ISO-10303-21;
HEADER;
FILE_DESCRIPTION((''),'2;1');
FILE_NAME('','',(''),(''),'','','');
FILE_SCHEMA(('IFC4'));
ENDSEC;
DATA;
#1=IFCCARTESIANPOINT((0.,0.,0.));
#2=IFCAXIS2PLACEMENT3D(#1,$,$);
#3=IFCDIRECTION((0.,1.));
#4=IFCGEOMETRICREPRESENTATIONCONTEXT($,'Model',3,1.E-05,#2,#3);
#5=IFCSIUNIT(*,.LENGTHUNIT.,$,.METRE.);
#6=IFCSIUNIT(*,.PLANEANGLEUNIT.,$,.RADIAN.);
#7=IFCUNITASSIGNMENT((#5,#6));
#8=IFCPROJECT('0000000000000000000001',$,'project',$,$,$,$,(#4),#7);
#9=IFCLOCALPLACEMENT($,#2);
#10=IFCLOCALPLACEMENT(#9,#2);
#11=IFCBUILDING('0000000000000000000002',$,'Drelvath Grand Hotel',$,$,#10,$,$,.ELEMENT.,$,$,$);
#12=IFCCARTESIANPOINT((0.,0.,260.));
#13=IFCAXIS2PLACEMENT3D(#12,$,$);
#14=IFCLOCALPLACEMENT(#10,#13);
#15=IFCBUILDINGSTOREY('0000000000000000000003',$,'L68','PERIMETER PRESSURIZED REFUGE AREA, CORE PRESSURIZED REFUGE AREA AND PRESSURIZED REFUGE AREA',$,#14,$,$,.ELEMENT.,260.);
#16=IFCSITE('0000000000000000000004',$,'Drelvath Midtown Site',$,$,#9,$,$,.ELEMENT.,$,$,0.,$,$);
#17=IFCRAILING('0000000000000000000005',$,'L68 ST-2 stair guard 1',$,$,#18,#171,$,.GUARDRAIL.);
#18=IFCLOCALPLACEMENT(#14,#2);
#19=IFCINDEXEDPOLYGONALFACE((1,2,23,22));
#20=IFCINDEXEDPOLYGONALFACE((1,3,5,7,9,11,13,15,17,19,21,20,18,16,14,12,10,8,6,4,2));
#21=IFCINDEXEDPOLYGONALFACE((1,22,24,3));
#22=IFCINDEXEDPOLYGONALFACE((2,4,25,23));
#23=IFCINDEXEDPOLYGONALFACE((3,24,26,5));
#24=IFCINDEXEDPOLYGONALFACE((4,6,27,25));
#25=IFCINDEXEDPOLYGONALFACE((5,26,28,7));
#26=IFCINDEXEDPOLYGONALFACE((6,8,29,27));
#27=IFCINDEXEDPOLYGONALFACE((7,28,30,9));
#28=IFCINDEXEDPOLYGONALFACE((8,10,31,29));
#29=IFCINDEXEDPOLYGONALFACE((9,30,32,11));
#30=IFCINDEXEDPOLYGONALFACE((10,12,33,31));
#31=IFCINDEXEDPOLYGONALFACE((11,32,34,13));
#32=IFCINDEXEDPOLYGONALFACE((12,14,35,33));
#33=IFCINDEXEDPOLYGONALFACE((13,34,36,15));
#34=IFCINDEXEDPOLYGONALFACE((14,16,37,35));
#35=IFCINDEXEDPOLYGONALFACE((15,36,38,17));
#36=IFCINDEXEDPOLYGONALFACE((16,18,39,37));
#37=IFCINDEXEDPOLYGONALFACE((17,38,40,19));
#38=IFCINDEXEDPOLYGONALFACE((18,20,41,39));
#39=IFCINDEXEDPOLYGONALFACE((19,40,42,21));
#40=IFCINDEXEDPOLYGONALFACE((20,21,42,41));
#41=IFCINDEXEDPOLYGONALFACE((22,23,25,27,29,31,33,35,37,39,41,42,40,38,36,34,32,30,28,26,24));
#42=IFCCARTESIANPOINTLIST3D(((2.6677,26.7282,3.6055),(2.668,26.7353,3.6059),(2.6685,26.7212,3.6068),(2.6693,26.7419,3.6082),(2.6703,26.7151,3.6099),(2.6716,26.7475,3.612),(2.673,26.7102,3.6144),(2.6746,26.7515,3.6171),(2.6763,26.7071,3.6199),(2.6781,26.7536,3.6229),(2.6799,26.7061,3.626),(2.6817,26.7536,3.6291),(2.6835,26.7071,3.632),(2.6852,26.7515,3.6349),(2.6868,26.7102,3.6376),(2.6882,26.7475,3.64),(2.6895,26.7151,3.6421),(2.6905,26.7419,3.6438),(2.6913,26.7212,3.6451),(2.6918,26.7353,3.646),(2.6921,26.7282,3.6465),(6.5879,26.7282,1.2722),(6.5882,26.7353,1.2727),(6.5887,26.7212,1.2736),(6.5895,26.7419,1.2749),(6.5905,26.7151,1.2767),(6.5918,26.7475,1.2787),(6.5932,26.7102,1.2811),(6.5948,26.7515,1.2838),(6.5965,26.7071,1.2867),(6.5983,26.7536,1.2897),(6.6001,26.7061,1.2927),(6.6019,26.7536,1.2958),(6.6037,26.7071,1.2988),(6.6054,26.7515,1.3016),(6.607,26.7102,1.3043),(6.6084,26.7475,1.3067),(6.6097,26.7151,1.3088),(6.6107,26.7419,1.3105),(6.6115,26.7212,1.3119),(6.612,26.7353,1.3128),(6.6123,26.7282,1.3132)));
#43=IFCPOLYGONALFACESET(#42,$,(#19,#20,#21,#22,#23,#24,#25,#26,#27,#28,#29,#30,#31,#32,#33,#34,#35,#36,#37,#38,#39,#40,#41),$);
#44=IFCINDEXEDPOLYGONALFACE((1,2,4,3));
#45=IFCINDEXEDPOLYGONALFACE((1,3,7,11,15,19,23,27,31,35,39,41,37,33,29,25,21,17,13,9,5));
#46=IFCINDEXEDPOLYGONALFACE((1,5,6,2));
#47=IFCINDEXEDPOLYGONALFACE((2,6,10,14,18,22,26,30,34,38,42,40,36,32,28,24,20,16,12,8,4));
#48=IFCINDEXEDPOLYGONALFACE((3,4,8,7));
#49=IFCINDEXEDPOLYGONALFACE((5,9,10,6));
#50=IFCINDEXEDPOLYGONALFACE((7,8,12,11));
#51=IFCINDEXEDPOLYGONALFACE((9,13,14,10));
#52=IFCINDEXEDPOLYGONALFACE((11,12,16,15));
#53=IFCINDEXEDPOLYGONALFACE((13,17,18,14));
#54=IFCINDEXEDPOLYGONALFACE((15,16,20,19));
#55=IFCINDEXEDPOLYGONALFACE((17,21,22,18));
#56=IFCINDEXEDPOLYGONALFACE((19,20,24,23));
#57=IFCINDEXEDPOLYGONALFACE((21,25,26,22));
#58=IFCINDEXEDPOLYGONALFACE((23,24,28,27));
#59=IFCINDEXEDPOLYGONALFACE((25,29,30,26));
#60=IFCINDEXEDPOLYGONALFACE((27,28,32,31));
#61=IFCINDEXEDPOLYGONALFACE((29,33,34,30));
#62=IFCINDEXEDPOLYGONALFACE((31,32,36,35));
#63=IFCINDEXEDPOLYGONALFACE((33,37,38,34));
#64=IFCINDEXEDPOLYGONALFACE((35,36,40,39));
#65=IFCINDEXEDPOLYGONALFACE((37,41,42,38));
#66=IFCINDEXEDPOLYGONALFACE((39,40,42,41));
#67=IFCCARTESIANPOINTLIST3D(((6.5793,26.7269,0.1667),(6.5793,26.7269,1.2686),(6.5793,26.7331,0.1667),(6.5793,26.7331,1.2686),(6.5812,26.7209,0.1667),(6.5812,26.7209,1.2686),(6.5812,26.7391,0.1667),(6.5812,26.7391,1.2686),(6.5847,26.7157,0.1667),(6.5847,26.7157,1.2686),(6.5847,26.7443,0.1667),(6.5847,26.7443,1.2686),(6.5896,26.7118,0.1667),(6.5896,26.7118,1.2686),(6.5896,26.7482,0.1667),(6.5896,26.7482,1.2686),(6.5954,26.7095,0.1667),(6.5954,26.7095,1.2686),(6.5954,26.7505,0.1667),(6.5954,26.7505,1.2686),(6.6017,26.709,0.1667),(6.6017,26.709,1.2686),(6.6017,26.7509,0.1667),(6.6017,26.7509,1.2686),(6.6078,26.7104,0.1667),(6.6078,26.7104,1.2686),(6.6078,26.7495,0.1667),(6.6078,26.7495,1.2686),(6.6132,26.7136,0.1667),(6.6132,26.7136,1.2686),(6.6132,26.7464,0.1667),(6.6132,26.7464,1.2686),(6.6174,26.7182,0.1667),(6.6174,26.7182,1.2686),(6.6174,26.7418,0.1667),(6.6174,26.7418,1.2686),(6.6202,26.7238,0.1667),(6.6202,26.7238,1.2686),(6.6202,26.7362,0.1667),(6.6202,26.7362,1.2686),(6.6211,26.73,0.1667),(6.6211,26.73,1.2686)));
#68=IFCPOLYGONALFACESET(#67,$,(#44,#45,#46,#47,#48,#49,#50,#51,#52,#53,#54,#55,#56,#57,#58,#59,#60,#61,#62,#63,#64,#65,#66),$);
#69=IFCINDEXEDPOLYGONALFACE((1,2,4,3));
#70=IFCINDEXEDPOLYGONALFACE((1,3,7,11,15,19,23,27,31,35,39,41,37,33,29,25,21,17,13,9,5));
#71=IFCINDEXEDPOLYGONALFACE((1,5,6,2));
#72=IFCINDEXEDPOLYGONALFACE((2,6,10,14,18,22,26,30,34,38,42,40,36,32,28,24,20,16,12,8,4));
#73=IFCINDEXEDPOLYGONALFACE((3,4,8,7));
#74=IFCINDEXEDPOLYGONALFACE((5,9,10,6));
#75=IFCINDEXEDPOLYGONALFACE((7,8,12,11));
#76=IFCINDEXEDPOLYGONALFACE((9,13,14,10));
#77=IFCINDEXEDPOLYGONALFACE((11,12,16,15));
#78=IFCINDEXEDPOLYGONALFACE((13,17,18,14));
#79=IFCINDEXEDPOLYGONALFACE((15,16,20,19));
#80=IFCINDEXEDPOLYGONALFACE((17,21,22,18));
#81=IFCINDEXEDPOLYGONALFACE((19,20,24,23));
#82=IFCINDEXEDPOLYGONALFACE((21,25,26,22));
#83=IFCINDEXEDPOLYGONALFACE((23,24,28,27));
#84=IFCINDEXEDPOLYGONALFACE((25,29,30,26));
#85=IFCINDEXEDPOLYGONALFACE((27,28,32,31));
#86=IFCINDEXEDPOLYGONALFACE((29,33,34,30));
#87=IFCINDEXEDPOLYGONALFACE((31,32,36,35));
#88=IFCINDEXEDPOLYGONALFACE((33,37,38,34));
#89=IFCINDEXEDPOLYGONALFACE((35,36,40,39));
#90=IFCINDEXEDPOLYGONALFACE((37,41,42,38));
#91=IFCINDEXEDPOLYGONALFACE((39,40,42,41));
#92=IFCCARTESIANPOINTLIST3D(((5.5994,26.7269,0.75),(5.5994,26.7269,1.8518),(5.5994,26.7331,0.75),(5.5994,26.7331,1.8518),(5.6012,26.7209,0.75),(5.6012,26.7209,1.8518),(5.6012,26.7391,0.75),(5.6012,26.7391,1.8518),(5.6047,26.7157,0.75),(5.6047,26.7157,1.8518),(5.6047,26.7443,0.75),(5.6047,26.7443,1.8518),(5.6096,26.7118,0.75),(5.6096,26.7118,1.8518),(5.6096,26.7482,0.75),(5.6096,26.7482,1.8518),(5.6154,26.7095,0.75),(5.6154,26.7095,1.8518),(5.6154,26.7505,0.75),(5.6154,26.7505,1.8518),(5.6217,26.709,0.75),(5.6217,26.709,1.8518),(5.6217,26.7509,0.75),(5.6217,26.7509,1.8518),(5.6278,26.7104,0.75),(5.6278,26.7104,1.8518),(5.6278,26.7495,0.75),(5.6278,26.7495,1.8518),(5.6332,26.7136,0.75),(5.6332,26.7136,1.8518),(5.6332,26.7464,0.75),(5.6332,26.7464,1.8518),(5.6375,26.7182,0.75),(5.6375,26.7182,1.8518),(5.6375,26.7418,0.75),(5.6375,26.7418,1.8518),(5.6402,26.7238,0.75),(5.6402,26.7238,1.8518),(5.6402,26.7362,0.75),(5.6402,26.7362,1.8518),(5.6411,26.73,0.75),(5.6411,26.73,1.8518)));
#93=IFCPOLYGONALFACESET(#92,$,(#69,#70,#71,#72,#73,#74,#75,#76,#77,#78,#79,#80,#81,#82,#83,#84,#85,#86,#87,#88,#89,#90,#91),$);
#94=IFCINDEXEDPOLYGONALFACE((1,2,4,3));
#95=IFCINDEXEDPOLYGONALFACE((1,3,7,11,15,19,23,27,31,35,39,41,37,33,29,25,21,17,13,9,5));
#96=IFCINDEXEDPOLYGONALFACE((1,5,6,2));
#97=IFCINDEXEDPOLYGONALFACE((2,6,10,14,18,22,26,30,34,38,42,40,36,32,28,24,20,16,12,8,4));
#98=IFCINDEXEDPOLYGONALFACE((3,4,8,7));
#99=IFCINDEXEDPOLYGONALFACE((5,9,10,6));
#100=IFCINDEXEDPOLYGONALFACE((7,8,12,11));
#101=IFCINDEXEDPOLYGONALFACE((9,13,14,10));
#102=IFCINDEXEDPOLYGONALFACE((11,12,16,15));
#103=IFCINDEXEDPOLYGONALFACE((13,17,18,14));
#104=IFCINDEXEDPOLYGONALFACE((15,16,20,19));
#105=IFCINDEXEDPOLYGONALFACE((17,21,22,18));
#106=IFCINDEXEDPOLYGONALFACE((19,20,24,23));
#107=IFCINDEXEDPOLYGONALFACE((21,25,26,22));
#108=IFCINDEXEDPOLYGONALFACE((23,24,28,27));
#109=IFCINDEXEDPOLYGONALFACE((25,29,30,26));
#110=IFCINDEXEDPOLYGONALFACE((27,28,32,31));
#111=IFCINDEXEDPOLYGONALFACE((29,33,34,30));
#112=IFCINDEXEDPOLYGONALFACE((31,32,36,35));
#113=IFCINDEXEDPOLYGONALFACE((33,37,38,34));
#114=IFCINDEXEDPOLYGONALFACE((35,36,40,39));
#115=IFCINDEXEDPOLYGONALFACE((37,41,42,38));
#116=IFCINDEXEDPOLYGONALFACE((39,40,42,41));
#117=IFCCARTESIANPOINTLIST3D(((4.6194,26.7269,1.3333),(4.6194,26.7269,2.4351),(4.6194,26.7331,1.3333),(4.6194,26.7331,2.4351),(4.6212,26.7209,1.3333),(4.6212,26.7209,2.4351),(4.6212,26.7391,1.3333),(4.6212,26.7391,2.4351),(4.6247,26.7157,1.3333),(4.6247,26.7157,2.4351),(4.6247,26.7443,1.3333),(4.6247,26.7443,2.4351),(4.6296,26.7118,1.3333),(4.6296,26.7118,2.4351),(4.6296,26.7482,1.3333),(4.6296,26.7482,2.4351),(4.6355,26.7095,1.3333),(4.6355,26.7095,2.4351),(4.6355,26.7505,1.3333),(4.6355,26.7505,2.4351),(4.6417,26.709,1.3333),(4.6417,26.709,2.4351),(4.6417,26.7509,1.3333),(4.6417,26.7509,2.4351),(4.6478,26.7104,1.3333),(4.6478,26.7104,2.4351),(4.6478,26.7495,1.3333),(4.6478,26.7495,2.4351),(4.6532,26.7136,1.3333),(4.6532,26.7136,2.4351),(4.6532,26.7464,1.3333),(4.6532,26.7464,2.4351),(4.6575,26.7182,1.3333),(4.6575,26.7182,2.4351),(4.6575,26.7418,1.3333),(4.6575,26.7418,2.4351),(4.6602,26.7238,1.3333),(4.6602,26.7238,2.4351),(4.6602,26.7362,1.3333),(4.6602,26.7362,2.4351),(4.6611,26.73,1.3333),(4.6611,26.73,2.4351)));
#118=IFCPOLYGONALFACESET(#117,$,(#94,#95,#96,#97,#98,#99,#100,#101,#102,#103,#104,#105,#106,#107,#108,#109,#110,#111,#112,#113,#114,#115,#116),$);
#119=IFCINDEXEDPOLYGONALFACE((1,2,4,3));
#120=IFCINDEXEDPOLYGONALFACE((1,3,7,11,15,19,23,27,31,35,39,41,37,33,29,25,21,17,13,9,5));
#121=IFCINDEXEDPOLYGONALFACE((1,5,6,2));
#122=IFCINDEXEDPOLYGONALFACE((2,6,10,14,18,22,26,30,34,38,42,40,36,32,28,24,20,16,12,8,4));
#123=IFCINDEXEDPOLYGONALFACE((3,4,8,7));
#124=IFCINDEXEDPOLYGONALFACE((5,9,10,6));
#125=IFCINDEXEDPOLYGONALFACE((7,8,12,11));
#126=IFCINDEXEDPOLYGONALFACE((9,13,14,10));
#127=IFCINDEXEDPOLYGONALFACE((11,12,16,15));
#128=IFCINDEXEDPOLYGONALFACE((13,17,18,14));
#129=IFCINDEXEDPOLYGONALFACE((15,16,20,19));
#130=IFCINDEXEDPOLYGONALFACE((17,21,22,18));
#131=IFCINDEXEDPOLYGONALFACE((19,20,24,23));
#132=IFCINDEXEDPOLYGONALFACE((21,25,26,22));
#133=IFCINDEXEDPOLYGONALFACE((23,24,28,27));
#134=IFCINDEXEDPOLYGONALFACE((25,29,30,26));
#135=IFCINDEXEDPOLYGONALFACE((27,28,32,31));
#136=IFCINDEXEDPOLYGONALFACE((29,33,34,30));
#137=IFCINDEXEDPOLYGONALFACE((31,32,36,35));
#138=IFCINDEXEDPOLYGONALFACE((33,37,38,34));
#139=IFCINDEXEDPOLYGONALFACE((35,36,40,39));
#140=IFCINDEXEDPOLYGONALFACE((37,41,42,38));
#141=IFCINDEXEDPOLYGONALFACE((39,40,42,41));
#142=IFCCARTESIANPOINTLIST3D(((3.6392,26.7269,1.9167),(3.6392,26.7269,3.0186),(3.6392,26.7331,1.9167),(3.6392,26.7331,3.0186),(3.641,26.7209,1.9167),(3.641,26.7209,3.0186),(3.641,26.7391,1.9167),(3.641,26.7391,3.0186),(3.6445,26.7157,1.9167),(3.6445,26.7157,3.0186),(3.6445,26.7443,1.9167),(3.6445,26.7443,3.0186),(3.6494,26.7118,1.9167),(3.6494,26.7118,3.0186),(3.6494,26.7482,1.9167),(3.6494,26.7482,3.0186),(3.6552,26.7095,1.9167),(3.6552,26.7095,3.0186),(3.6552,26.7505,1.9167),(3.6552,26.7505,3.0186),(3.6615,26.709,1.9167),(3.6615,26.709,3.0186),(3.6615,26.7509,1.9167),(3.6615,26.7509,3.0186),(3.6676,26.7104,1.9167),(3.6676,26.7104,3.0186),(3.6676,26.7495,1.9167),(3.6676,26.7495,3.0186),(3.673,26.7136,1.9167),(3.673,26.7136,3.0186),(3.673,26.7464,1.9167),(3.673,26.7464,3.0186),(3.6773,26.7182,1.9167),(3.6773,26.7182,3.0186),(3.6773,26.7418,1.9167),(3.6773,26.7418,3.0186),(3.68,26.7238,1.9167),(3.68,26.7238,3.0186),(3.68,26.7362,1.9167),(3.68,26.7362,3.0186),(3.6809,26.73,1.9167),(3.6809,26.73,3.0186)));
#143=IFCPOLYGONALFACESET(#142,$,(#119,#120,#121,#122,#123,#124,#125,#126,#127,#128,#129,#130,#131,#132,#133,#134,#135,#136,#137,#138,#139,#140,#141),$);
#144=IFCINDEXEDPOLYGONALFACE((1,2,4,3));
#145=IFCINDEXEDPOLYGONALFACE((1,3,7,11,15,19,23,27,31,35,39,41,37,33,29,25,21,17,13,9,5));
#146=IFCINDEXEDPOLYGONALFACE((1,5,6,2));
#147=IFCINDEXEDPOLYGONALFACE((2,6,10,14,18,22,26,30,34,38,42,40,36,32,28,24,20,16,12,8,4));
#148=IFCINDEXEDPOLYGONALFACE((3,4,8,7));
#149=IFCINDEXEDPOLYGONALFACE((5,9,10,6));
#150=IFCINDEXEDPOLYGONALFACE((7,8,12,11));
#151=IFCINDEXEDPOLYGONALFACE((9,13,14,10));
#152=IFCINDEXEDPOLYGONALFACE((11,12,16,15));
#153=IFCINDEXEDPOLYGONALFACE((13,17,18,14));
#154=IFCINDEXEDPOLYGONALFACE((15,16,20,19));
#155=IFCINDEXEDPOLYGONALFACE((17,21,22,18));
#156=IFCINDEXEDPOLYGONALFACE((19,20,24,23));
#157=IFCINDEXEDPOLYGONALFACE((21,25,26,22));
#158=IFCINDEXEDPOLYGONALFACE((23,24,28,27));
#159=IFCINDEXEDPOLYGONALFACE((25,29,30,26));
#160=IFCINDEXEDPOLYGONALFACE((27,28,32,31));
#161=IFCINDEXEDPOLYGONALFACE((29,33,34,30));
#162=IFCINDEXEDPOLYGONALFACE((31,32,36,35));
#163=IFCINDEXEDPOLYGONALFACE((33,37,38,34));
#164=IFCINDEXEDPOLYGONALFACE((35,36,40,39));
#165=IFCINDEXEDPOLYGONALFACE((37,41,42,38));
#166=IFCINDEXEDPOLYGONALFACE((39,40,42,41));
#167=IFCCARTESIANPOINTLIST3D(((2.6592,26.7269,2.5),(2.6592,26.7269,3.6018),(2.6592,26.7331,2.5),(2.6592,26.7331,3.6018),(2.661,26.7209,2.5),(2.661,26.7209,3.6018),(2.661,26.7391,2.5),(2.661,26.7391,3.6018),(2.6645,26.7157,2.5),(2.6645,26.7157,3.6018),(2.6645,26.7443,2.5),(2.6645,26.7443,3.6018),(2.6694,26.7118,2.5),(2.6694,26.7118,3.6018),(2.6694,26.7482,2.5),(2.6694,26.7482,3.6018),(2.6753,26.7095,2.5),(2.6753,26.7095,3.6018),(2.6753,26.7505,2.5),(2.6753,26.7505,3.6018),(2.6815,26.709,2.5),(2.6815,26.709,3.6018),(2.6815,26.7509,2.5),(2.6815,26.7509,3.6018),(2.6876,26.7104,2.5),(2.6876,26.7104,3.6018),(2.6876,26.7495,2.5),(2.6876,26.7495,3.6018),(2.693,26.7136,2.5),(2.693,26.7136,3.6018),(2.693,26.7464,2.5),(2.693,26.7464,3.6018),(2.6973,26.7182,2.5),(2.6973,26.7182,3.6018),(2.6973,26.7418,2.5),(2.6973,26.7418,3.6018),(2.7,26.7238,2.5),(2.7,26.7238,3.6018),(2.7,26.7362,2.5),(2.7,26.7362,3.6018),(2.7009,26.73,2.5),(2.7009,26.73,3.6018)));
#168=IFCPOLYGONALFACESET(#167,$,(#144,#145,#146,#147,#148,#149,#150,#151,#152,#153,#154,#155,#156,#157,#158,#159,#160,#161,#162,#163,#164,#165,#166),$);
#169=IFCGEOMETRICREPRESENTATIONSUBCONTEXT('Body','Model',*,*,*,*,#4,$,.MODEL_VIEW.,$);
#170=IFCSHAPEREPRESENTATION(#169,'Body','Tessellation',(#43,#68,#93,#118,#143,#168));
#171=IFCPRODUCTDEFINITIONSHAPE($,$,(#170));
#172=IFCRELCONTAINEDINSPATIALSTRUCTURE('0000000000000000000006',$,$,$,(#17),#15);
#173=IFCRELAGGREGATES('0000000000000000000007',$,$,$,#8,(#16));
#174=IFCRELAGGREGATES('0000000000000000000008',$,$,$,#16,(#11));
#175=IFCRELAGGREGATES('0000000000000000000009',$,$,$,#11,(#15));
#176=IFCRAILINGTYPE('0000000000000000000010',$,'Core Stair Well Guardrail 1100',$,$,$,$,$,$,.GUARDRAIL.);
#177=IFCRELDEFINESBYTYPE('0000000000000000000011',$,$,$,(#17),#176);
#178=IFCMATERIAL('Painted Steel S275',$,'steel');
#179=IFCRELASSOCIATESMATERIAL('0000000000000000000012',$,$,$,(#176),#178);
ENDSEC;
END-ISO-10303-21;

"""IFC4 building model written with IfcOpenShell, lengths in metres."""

from ifc_helpers import new_model, si_unit, direction, frame, origin, origin_2d, place, context, subcontext, project, spatial, circle, extrude, material, type_object, element, save


model = new_model("IFC4")

# Units and contexts
model_context = context("Model", 3, precision=1e-05, world=origin(), true_north=direction((0.0, 1.0)))
body_context = subcontext(model_context, "Body", "Model", "MODEL_VIEW")
ifc_project = project(units=[si_unit("LENGTHUNIT", "METRE"), si_unit("PLANEANGLEUNIT", "RADIAN")], contexts=[model_context])

# Site, building, storey
site_placement = place(None, origin())
site = spatial("IfcSite", under=ifc_project, at=site_placement, Name="Drelvath Midtown Site", CompositionType="ELEMENT", RefElevation=0.0)
building_placement = place(site_placement, origin())
building = spatial("IfcBuilding", under=site, at=building_placement, Name="Drelvath Grand Hotel", CompositionType="ELEMENT")
storey_placement = place(building_placement, frame((0.0, 0.0, 260.0)))
storey = spatial("IfcBuildingStorey", under=building, at=storey_placement, Name="L68", Description="PERIMETER PRESSURIZED REFUGE AREA, CORE PRESSURIZED REFUGE AREA AND PRESSURIZED REFUGE AREA", CompositionType="ELEMENT", Elevation=260.0)

# Shared definitions
ifc_material_1 = material(Name="Painted Steel S275", Category="steel")

# Railing
railing_type_1 = type_object("IfcRailingType", Name="Core Stair Well Guardrail 1100", PredefinedType="GUARDRAIL", material=ifc_material_1)
railing_1_placement = place(storey_placement, frame((6.6001, 26.73, 0.1667)))
element("IfcRailing", 1, at=railing_1_placement, inside=storey, type_object=railing_type_1, Name="L68 ST-2 stair guard 1", PredefinedType="GUARDRAIL", context=body_context, shape_type="SweptSolid", body=[
    extrude(circle(Radius=0.0239, at=origin_2d()), frame((0.0, 0.0, 1.126), z_axis=(-0.85931, 0.0, 0.511455), x_axis=(0.0, -1.0, 0.0)), (0.0, 0.0, 1.0), 4.562),
    extrude(circle(Radius=0.021, at=origin_2d()), origin(), (0.0, 0.0, 1.0), 1.1018),
    extrude(circle(Radius=0.021, at=origin_2d()), frame((-0.98, 0.0, 0.5833)), (0.0, 0.0, 1.0), 1.1018),
    extrude(circle(Radius=0.021, at=origin_2d()), frame((-1.96, 0.0, 1.1665)), (0.0, 0.0, 1.0), 1.1018),
    extrude(circle(Radius=0.021, at=origin_2d()), frame((-2.9402, 0.0, 1.75)), (0.0, 0.0, 1.0), 1.1018),
    extrude(circle(Radius=0.021, at=origin_2d()), frame((-3.9202, 0.0, 2.3333)), (0.0, 0.0, 1.0), 1.1018),
])

save(model, "model.ifc")
